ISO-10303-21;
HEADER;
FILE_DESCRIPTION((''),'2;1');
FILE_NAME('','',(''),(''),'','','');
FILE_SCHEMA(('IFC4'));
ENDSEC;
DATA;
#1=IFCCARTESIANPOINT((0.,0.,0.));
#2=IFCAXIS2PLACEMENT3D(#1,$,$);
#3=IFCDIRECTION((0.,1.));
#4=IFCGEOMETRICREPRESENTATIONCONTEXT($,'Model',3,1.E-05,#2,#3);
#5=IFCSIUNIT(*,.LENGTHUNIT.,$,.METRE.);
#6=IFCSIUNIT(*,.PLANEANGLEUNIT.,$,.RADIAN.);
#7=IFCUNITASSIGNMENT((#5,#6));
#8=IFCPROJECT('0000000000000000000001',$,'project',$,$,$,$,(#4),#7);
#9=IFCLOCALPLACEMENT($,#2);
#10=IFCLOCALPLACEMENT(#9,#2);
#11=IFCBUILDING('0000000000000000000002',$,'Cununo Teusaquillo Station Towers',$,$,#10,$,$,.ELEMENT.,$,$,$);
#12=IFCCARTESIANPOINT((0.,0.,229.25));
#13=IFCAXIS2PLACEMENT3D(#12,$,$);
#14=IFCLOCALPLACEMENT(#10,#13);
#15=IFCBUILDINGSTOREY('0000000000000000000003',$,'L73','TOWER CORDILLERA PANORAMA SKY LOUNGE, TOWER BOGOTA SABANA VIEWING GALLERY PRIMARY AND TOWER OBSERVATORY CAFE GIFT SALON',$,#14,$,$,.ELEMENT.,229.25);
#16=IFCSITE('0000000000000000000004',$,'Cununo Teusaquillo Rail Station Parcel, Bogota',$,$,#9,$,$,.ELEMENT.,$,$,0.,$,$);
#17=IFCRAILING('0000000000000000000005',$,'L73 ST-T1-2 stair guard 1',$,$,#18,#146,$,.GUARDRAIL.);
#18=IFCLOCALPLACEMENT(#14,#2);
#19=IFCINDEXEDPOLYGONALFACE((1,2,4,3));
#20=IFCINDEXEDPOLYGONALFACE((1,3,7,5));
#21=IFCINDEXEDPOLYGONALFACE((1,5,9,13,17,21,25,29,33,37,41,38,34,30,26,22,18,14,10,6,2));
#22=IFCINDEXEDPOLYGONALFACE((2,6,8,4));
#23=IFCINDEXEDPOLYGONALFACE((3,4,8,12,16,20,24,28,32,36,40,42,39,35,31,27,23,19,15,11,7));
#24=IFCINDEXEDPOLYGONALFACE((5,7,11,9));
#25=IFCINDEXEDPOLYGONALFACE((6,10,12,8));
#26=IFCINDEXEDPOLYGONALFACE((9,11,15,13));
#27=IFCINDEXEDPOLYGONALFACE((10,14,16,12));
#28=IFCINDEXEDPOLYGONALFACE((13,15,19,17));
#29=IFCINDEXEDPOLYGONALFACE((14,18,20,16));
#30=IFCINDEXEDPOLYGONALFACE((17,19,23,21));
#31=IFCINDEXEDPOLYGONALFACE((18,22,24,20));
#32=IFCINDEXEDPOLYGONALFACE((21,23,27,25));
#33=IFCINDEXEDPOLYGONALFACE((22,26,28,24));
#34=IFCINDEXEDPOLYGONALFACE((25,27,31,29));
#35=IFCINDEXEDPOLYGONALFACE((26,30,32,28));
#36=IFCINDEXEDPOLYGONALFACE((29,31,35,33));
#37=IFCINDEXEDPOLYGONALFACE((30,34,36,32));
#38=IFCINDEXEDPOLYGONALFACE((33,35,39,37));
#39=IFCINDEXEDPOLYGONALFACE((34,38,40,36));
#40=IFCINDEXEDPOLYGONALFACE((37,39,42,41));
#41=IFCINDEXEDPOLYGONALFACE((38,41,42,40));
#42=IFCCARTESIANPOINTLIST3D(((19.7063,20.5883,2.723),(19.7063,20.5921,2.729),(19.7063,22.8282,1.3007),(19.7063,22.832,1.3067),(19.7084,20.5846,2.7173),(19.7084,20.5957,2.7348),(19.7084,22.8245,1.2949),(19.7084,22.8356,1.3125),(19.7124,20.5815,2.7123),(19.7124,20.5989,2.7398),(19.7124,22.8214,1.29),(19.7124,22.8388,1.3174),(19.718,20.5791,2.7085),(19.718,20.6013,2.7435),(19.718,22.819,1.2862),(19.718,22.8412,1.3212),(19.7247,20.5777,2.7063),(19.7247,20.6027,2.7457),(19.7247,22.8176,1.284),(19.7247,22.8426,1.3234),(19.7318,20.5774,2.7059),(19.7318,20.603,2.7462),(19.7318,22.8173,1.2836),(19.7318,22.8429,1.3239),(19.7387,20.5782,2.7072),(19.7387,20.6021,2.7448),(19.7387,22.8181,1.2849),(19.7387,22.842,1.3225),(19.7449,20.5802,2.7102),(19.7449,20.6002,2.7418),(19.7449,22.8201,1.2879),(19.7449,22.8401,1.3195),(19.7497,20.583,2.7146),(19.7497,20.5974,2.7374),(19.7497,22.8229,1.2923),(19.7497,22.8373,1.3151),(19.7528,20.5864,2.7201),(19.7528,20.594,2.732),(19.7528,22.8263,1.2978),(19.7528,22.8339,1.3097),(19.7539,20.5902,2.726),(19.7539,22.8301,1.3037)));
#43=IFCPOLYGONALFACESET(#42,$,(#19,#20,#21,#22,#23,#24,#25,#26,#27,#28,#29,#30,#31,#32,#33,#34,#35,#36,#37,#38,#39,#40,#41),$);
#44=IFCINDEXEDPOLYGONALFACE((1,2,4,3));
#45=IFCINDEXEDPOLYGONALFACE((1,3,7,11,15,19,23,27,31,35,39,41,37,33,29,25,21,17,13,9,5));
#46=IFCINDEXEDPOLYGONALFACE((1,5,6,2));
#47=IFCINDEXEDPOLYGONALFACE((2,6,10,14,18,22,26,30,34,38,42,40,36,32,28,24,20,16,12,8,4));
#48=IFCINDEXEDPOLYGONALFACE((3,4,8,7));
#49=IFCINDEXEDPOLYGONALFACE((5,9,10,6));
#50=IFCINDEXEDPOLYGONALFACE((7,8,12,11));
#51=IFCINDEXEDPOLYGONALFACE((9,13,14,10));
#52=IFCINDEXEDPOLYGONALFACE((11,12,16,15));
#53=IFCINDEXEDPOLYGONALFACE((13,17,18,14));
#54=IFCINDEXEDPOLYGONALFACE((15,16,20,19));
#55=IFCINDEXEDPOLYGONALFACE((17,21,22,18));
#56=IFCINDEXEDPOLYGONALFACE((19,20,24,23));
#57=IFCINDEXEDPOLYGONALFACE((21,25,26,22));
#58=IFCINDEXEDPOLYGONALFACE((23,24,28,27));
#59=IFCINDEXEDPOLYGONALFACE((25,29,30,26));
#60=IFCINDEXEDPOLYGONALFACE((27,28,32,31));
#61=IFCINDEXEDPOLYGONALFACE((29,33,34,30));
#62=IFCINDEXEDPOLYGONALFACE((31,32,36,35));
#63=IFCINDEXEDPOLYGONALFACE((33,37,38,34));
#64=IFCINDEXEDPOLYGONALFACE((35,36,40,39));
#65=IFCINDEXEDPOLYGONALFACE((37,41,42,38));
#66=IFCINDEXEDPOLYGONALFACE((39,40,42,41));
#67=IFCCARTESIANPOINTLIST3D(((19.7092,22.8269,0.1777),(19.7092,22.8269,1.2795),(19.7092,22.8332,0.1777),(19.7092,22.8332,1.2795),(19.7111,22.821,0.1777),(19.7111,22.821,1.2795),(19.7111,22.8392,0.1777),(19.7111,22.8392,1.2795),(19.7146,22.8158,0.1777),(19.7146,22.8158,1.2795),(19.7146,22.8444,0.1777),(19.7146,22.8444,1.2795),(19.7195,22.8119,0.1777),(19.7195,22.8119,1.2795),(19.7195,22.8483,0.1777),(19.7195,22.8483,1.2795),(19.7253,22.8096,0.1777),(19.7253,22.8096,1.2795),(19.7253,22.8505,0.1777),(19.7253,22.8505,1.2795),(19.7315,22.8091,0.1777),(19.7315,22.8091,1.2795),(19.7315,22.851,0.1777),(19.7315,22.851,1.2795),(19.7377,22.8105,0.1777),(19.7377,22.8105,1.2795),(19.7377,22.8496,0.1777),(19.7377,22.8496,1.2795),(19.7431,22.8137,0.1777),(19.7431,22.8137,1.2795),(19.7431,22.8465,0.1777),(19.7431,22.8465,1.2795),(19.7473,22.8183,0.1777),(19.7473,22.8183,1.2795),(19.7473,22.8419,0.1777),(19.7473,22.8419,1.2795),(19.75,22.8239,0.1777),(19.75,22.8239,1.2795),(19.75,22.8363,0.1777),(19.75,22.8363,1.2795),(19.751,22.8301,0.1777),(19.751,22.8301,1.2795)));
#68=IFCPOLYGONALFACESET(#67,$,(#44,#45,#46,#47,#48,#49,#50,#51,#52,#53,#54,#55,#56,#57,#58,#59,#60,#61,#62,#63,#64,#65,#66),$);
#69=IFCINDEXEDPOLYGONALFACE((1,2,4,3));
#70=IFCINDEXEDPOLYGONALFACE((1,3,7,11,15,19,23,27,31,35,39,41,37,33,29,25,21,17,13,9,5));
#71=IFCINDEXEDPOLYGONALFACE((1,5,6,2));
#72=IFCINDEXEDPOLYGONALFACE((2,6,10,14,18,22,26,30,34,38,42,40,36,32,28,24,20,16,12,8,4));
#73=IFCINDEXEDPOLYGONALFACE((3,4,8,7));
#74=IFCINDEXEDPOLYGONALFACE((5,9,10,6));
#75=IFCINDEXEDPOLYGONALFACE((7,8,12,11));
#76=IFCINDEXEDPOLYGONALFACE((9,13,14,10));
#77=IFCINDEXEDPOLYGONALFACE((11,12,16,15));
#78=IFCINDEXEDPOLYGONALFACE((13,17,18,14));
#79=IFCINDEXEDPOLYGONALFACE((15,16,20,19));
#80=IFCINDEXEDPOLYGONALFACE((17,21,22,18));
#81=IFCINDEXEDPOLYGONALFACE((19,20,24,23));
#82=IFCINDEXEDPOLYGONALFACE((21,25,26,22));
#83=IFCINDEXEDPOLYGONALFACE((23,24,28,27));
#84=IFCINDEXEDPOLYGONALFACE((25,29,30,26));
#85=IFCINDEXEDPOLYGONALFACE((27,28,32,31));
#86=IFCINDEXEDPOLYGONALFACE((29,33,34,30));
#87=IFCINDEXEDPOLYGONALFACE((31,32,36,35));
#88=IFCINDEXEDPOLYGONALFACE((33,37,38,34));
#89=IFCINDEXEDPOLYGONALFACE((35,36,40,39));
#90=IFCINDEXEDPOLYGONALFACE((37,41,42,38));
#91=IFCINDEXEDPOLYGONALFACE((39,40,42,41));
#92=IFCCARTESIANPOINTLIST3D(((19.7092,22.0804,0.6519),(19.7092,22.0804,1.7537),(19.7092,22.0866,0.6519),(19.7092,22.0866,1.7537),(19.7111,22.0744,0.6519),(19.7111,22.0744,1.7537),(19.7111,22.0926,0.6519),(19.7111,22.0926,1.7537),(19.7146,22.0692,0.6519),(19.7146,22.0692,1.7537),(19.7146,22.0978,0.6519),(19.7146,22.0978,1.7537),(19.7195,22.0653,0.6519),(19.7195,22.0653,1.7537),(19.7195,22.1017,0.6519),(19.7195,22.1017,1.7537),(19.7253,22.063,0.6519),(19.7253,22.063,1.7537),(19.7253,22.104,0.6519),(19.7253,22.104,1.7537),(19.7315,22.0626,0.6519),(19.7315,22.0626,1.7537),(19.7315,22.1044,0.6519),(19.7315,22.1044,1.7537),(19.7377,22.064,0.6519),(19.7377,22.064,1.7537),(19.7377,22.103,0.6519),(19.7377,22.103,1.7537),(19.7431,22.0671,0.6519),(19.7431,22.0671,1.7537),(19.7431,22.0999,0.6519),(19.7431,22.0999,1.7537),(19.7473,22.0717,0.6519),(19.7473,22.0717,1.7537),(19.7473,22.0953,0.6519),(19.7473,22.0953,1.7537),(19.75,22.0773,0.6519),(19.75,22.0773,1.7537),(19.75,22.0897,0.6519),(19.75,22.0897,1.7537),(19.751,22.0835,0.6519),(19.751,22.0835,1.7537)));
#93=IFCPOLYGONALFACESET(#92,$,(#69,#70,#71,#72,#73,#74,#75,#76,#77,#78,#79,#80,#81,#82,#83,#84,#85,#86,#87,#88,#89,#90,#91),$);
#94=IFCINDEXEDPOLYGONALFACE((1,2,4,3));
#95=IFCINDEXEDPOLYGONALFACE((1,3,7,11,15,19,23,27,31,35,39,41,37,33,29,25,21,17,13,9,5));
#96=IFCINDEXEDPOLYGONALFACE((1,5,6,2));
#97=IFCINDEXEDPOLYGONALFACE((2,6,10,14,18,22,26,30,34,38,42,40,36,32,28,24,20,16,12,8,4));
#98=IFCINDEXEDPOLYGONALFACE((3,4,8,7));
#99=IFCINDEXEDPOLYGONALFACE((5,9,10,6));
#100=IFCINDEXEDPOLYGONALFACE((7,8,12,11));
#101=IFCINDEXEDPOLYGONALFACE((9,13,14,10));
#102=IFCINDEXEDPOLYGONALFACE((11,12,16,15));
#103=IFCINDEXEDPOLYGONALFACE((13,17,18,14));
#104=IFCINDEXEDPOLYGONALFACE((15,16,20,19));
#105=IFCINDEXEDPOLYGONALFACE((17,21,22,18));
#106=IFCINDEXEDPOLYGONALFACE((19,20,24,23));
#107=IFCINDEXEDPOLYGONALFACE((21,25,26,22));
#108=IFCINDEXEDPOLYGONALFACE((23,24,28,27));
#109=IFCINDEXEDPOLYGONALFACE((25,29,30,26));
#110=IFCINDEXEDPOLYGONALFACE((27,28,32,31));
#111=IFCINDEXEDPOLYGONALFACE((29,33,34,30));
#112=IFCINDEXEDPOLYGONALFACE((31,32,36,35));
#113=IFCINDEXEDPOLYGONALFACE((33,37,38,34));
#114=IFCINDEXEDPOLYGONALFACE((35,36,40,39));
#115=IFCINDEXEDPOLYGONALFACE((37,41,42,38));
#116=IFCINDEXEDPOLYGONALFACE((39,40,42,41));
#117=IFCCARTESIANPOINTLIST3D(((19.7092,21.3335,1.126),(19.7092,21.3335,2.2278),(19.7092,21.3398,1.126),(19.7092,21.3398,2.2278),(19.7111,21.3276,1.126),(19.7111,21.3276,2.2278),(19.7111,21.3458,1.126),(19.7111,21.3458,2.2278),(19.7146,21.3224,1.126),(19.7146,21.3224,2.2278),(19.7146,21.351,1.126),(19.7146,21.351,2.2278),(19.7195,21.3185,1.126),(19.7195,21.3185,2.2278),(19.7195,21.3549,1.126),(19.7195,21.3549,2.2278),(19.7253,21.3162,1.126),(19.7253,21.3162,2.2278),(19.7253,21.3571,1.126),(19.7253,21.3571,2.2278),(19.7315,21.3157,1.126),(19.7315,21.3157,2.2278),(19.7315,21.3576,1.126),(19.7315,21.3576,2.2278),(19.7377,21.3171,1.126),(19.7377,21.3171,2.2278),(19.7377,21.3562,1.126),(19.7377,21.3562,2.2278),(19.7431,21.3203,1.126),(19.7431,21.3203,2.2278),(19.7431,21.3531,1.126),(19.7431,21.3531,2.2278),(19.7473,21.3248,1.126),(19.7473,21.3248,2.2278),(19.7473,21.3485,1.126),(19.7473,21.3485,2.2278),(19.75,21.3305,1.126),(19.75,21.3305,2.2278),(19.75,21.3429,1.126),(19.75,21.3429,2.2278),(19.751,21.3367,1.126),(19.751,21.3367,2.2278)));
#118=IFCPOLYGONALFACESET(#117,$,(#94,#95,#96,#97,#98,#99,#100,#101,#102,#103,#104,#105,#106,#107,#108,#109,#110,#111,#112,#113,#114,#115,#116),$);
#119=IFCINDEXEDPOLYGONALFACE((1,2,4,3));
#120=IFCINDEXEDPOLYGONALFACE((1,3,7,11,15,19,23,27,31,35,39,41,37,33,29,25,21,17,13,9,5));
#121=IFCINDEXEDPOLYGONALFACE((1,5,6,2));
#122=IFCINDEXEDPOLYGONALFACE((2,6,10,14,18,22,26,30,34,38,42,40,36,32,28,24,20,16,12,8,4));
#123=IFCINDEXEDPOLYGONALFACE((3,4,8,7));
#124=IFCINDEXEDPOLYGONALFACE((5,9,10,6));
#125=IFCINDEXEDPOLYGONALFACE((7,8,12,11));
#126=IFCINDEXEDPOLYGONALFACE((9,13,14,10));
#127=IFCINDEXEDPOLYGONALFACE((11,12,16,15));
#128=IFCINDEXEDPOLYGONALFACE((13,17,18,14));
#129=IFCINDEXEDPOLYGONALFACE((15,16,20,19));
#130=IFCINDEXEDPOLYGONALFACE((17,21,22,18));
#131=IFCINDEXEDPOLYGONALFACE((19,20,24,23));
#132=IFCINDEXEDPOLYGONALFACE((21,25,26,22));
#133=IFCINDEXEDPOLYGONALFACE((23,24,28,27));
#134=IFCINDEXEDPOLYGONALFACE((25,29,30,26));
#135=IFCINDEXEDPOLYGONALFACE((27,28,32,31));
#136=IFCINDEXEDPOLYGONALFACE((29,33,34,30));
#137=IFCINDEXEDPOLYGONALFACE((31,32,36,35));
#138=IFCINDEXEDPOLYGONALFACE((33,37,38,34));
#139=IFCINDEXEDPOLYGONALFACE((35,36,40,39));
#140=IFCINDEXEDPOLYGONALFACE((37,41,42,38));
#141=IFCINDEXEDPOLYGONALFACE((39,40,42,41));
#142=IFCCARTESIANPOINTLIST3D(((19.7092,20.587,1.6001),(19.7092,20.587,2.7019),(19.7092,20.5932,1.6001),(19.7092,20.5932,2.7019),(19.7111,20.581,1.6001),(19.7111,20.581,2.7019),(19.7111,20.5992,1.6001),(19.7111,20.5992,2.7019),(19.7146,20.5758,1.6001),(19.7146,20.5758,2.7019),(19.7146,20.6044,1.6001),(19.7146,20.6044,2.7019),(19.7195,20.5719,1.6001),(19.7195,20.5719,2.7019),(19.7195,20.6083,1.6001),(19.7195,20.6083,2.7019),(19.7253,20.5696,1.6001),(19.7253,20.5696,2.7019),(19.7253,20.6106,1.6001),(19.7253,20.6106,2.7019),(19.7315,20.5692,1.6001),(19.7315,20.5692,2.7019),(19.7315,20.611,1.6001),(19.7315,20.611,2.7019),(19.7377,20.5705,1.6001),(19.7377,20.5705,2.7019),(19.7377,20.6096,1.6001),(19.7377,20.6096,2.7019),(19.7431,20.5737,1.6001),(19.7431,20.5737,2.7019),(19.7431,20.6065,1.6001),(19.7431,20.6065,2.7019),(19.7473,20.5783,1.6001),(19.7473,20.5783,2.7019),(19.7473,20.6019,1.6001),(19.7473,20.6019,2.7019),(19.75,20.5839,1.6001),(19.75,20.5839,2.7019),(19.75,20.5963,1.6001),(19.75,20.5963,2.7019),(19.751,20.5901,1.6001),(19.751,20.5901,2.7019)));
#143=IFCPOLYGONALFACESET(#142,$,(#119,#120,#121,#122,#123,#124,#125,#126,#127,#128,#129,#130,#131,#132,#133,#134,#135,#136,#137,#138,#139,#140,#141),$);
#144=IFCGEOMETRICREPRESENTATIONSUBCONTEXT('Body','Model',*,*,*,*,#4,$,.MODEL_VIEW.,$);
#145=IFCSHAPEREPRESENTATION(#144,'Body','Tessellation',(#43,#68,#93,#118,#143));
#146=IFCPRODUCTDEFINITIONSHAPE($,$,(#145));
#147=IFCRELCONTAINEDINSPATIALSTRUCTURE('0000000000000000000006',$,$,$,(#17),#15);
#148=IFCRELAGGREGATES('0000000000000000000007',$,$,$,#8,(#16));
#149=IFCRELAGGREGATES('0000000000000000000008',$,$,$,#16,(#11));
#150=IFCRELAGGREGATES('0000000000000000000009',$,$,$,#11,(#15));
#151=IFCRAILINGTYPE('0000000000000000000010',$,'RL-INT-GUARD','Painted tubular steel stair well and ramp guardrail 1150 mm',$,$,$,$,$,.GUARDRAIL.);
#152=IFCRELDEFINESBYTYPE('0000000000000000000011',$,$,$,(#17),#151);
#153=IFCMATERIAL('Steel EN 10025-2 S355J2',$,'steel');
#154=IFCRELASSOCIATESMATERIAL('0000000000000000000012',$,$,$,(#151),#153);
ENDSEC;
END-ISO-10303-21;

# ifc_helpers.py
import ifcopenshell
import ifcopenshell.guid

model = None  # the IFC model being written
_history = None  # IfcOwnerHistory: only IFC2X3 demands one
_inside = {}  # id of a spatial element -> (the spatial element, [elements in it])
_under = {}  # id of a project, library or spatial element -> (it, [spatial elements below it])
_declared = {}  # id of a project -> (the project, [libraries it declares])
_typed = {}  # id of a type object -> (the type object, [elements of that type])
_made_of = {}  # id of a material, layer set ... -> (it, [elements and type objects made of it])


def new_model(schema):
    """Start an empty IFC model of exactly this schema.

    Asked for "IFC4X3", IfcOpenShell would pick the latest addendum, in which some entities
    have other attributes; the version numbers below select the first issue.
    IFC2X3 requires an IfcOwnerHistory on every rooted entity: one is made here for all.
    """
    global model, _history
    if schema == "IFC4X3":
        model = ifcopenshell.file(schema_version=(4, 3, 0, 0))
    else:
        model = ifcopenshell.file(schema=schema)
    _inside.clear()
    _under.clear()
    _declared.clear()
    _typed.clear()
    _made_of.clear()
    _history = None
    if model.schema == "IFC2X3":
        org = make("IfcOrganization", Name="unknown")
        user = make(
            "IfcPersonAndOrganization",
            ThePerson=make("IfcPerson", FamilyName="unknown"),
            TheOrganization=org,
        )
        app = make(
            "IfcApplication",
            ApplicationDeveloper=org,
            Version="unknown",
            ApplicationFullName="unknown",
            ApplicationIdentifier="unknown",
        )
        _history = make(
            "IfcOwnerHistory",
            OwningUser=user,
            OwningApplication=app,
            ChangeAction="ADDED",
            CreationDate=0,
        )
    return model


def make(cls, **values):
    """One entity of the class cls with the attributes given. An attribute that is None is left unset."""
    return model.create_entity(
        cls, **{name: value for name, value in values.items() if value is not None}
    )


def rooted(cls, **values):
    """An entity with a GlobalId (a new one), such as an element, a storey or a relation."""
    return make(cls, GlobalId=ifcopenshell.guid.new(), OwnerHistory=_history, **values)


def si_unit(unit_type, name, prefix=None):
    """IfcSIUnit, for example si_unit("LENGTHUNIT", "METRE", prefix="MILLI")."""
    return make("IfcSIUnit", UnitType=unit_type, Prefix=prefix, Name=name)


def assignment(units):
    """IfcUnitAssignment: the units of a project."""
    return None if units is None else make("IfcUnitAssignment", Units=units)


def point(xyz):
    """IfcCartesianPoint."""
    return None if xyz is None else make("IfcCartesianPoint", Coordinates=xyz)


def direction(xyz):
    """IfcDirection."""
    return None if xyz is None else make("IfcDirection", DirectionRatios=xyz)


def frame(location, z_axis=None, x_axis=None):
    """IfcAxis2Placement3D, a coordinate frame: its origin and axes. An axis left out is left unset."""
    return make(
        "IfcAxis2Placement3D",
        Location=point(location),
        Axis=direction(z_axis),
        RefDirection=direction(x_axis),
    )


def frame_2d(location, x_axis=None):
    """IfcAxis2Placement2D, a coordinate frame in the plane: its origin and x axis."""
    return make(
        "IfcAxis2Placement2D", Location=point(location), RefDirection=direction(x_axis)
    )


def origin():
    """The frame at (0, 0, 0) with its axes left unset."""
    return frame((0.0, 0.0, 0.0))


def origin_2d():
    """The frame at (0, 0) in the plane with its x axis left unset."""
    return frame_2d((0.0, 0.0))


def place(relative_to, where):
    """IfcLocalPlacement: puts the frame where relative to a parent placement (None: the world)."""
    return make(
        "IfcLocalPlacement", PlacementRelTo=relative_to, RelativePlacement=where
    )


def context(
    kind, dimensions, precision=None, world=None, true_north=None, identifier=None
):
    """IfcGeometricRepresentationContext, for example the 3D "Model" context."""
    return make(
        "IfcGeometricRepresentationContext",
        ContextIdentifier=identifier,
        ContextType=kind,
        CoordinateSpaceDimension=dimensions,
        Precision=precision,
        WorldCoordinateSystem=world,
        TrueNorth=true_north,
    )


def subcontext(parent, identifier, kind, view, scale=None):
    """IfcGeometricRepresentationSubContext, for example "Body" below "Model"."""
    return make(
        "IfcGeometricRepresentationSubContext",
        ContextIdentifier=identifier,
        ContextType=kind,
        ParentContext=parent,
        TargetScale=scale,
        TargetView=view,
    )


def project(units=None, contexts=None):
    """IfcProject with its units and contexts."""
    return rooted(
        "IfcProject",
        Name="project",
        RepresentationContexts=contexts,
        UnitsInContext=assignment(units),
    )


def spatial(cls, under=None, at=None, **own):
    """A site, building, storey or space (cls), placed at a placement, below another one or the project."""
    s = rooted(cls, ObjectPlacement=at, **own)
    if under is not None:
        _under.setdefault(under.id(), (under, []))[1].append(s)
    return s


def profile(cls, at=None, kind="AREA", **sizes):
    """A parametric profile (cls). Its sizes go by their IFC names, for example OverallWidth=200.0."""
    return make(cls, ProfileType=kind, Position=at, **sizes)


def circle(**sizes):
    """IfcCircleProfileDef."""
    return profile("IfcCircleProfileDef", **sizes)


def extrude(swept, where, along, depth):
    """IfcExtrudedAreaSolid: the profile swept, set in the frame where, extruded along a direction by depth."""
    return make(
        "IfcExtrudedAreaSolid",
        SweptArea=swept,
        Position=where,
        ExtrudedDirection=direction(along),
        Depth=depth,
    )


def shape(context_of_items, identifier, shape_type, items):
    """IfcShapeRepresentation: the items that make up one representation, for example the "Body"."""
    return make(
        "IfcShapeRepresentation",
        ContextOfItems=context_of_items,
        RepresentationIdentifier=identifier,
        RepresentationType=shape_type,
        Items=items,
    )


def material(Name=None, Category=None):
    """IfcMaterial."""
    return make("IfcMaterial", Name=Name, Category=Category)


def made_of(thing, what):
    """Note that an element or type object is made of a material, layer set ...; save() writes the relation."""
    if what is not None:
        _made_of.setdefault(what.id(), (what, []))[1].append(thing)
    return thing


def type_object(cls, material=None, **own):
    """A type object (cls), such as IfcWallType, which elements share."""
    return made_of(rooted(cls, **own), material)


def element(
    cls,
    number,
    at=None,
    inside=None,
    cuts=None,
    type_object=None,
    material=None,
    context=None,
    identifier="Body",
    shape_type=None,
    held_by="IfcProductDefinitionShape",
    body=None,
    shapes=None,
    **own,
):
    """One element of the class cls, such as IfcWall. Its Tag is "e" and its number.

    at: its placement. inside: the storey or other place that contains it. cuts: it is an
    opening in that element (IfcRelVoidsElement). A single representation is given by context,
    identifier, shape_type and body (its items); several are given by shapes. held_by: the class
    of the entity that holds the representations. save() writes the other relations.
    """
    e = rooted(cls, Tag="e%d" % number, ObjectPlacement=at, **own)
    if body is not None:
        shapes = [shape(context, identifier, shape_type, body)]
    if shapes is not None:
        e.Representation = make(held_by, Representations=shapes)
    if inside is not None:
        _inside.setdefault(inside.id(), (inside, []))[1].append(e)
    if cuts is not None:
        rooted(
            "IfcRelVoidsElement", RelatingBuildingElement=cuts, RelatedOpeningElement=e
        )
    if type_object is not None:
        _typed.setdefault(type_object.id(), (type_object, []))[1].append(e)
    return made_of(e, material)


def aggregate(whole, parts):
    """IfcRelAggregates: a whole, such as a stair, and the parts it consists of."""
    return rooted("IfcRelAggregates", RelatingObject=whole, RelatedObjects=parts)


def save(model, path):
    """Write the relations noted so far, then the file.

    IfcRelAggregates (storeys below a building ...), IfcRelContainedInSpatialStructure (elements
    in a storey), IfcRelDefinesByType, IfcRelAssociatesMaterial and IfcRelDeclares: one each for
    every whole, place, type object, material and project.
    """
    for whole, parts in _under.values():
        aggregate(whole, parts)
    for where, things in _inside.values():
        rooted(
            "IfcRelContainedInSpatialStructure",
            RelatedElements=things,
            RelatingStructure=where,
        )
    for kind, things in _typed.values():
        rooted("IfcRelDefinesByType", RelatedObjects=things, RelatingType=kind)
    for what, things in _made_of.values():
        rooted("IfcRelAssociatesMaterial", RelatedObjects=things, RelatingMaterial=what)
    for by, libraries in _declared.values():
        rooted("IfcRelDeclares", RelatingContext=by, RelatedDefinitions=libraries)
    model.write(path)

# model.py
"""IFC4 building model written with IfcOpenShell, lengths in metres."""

from ifc_helpers import new_model, si_unit, direction, frame, origin, origin_2d, place, context, subcontext, project, spatial, circle, extrude, material, type_object, element, save


model = new_model("IFC4")

# Units and contexts
model_context = context("Model", 3, precision=1e-05, world=origin(), true_north=direction((0.0, 1.0)))
body_context = subcontext(model_context, "Body", "Model", "MODEL_VIEW")
ifc_project = project(units=[si_unit("LENGTHUNIT", "METRE"), si_unit("PLANEANGLEUNIT", "RADIAN")], contexts=[model_context])

# Site, building, storey
site_placement = place(None, origin())
site = spatial("IfcSite", under=ifc_project, at=site_placement, Name="Cununo Teusaquillo Rail Station Parcel, Bogota", CompositionType="ELEMENT", RefElevation=0.0)
building_placement = place(site_placement, origin())
building = spatial("IfcBuilding", under=site, at=building_placement, Name="Cununo Teusaquillo Station Towers", CompositionType="ELEMENT")
storey_placement = place(building_placement, frame((0.0, 0.0, 229.25)))
storey = spatial("IfcBuildingStorey", under=building, at=storey_placement, Name="L73", Description="TOWER CORDILLERA PANORAMA SKY LOUNGE, TOWER BOGOTA SABANA VIEWING GALLERY PRIMARY AND TOWER OBSERVATORY CAFE GIFT SALON", CompositionType="ELEMENT", Elevation=229.25)

# Railing
ifc_material_1 = material(Name="Steel EN 10025-2 S355J2", Category="steel")
railing_type_1 = type_object("IfcRailingType", Name="RL-INT-GUARD", Description="Painted tubular steel stair well and ramp guardrail 1150 mm", PredefinedType="GUARDRAIL", material=ifc_material_1)
railing_1_placement = place(storey_placement, frame((19.73, 22.8301, 0.1777)))
element("IfcRailing", 1, at=railing_1_placement, inside=storey, type_object=railing_type_1, Name="L73 ST-T1-2 stair guard 1", PredefinedType="GUARDRAIL", context=body_context, shape_type="SweptSolid", body=[
    extrude(circle(Radius=0.0239, at=origin_2d()), frame((0.0, 0.0, 1.126), z_axis=(0.0, -0.844188, 0.536048), x_axis=(1.0, 0.0, 0.0)), (0.0, 0.0, 1.0), 2.6533),
    extrude(circle(Radius=0.021, at=origin_2d()), origin(), (0.0, 0.0, 1.0), 1.1018),
    extrude(circle(Radius=0.021, at=origin_2d()), frame((0.0, -0.7466, 0.4741)), (0.0, 0.0, 1.0), 1.1018),
    extrude(circle(Radius=0.021, at=origin_2d()), frame((0.0, -1.4934, 0.9482)), (0.0, 0.0, 1.0), 1.1018),
    extrude(circle(Radius=0.021, at=origin_2d()), frame((0.0, -2.24, 1.4224)), (0.0, 0.0, 1.0), 1.1018),
])

save(model, "model.ifc")
